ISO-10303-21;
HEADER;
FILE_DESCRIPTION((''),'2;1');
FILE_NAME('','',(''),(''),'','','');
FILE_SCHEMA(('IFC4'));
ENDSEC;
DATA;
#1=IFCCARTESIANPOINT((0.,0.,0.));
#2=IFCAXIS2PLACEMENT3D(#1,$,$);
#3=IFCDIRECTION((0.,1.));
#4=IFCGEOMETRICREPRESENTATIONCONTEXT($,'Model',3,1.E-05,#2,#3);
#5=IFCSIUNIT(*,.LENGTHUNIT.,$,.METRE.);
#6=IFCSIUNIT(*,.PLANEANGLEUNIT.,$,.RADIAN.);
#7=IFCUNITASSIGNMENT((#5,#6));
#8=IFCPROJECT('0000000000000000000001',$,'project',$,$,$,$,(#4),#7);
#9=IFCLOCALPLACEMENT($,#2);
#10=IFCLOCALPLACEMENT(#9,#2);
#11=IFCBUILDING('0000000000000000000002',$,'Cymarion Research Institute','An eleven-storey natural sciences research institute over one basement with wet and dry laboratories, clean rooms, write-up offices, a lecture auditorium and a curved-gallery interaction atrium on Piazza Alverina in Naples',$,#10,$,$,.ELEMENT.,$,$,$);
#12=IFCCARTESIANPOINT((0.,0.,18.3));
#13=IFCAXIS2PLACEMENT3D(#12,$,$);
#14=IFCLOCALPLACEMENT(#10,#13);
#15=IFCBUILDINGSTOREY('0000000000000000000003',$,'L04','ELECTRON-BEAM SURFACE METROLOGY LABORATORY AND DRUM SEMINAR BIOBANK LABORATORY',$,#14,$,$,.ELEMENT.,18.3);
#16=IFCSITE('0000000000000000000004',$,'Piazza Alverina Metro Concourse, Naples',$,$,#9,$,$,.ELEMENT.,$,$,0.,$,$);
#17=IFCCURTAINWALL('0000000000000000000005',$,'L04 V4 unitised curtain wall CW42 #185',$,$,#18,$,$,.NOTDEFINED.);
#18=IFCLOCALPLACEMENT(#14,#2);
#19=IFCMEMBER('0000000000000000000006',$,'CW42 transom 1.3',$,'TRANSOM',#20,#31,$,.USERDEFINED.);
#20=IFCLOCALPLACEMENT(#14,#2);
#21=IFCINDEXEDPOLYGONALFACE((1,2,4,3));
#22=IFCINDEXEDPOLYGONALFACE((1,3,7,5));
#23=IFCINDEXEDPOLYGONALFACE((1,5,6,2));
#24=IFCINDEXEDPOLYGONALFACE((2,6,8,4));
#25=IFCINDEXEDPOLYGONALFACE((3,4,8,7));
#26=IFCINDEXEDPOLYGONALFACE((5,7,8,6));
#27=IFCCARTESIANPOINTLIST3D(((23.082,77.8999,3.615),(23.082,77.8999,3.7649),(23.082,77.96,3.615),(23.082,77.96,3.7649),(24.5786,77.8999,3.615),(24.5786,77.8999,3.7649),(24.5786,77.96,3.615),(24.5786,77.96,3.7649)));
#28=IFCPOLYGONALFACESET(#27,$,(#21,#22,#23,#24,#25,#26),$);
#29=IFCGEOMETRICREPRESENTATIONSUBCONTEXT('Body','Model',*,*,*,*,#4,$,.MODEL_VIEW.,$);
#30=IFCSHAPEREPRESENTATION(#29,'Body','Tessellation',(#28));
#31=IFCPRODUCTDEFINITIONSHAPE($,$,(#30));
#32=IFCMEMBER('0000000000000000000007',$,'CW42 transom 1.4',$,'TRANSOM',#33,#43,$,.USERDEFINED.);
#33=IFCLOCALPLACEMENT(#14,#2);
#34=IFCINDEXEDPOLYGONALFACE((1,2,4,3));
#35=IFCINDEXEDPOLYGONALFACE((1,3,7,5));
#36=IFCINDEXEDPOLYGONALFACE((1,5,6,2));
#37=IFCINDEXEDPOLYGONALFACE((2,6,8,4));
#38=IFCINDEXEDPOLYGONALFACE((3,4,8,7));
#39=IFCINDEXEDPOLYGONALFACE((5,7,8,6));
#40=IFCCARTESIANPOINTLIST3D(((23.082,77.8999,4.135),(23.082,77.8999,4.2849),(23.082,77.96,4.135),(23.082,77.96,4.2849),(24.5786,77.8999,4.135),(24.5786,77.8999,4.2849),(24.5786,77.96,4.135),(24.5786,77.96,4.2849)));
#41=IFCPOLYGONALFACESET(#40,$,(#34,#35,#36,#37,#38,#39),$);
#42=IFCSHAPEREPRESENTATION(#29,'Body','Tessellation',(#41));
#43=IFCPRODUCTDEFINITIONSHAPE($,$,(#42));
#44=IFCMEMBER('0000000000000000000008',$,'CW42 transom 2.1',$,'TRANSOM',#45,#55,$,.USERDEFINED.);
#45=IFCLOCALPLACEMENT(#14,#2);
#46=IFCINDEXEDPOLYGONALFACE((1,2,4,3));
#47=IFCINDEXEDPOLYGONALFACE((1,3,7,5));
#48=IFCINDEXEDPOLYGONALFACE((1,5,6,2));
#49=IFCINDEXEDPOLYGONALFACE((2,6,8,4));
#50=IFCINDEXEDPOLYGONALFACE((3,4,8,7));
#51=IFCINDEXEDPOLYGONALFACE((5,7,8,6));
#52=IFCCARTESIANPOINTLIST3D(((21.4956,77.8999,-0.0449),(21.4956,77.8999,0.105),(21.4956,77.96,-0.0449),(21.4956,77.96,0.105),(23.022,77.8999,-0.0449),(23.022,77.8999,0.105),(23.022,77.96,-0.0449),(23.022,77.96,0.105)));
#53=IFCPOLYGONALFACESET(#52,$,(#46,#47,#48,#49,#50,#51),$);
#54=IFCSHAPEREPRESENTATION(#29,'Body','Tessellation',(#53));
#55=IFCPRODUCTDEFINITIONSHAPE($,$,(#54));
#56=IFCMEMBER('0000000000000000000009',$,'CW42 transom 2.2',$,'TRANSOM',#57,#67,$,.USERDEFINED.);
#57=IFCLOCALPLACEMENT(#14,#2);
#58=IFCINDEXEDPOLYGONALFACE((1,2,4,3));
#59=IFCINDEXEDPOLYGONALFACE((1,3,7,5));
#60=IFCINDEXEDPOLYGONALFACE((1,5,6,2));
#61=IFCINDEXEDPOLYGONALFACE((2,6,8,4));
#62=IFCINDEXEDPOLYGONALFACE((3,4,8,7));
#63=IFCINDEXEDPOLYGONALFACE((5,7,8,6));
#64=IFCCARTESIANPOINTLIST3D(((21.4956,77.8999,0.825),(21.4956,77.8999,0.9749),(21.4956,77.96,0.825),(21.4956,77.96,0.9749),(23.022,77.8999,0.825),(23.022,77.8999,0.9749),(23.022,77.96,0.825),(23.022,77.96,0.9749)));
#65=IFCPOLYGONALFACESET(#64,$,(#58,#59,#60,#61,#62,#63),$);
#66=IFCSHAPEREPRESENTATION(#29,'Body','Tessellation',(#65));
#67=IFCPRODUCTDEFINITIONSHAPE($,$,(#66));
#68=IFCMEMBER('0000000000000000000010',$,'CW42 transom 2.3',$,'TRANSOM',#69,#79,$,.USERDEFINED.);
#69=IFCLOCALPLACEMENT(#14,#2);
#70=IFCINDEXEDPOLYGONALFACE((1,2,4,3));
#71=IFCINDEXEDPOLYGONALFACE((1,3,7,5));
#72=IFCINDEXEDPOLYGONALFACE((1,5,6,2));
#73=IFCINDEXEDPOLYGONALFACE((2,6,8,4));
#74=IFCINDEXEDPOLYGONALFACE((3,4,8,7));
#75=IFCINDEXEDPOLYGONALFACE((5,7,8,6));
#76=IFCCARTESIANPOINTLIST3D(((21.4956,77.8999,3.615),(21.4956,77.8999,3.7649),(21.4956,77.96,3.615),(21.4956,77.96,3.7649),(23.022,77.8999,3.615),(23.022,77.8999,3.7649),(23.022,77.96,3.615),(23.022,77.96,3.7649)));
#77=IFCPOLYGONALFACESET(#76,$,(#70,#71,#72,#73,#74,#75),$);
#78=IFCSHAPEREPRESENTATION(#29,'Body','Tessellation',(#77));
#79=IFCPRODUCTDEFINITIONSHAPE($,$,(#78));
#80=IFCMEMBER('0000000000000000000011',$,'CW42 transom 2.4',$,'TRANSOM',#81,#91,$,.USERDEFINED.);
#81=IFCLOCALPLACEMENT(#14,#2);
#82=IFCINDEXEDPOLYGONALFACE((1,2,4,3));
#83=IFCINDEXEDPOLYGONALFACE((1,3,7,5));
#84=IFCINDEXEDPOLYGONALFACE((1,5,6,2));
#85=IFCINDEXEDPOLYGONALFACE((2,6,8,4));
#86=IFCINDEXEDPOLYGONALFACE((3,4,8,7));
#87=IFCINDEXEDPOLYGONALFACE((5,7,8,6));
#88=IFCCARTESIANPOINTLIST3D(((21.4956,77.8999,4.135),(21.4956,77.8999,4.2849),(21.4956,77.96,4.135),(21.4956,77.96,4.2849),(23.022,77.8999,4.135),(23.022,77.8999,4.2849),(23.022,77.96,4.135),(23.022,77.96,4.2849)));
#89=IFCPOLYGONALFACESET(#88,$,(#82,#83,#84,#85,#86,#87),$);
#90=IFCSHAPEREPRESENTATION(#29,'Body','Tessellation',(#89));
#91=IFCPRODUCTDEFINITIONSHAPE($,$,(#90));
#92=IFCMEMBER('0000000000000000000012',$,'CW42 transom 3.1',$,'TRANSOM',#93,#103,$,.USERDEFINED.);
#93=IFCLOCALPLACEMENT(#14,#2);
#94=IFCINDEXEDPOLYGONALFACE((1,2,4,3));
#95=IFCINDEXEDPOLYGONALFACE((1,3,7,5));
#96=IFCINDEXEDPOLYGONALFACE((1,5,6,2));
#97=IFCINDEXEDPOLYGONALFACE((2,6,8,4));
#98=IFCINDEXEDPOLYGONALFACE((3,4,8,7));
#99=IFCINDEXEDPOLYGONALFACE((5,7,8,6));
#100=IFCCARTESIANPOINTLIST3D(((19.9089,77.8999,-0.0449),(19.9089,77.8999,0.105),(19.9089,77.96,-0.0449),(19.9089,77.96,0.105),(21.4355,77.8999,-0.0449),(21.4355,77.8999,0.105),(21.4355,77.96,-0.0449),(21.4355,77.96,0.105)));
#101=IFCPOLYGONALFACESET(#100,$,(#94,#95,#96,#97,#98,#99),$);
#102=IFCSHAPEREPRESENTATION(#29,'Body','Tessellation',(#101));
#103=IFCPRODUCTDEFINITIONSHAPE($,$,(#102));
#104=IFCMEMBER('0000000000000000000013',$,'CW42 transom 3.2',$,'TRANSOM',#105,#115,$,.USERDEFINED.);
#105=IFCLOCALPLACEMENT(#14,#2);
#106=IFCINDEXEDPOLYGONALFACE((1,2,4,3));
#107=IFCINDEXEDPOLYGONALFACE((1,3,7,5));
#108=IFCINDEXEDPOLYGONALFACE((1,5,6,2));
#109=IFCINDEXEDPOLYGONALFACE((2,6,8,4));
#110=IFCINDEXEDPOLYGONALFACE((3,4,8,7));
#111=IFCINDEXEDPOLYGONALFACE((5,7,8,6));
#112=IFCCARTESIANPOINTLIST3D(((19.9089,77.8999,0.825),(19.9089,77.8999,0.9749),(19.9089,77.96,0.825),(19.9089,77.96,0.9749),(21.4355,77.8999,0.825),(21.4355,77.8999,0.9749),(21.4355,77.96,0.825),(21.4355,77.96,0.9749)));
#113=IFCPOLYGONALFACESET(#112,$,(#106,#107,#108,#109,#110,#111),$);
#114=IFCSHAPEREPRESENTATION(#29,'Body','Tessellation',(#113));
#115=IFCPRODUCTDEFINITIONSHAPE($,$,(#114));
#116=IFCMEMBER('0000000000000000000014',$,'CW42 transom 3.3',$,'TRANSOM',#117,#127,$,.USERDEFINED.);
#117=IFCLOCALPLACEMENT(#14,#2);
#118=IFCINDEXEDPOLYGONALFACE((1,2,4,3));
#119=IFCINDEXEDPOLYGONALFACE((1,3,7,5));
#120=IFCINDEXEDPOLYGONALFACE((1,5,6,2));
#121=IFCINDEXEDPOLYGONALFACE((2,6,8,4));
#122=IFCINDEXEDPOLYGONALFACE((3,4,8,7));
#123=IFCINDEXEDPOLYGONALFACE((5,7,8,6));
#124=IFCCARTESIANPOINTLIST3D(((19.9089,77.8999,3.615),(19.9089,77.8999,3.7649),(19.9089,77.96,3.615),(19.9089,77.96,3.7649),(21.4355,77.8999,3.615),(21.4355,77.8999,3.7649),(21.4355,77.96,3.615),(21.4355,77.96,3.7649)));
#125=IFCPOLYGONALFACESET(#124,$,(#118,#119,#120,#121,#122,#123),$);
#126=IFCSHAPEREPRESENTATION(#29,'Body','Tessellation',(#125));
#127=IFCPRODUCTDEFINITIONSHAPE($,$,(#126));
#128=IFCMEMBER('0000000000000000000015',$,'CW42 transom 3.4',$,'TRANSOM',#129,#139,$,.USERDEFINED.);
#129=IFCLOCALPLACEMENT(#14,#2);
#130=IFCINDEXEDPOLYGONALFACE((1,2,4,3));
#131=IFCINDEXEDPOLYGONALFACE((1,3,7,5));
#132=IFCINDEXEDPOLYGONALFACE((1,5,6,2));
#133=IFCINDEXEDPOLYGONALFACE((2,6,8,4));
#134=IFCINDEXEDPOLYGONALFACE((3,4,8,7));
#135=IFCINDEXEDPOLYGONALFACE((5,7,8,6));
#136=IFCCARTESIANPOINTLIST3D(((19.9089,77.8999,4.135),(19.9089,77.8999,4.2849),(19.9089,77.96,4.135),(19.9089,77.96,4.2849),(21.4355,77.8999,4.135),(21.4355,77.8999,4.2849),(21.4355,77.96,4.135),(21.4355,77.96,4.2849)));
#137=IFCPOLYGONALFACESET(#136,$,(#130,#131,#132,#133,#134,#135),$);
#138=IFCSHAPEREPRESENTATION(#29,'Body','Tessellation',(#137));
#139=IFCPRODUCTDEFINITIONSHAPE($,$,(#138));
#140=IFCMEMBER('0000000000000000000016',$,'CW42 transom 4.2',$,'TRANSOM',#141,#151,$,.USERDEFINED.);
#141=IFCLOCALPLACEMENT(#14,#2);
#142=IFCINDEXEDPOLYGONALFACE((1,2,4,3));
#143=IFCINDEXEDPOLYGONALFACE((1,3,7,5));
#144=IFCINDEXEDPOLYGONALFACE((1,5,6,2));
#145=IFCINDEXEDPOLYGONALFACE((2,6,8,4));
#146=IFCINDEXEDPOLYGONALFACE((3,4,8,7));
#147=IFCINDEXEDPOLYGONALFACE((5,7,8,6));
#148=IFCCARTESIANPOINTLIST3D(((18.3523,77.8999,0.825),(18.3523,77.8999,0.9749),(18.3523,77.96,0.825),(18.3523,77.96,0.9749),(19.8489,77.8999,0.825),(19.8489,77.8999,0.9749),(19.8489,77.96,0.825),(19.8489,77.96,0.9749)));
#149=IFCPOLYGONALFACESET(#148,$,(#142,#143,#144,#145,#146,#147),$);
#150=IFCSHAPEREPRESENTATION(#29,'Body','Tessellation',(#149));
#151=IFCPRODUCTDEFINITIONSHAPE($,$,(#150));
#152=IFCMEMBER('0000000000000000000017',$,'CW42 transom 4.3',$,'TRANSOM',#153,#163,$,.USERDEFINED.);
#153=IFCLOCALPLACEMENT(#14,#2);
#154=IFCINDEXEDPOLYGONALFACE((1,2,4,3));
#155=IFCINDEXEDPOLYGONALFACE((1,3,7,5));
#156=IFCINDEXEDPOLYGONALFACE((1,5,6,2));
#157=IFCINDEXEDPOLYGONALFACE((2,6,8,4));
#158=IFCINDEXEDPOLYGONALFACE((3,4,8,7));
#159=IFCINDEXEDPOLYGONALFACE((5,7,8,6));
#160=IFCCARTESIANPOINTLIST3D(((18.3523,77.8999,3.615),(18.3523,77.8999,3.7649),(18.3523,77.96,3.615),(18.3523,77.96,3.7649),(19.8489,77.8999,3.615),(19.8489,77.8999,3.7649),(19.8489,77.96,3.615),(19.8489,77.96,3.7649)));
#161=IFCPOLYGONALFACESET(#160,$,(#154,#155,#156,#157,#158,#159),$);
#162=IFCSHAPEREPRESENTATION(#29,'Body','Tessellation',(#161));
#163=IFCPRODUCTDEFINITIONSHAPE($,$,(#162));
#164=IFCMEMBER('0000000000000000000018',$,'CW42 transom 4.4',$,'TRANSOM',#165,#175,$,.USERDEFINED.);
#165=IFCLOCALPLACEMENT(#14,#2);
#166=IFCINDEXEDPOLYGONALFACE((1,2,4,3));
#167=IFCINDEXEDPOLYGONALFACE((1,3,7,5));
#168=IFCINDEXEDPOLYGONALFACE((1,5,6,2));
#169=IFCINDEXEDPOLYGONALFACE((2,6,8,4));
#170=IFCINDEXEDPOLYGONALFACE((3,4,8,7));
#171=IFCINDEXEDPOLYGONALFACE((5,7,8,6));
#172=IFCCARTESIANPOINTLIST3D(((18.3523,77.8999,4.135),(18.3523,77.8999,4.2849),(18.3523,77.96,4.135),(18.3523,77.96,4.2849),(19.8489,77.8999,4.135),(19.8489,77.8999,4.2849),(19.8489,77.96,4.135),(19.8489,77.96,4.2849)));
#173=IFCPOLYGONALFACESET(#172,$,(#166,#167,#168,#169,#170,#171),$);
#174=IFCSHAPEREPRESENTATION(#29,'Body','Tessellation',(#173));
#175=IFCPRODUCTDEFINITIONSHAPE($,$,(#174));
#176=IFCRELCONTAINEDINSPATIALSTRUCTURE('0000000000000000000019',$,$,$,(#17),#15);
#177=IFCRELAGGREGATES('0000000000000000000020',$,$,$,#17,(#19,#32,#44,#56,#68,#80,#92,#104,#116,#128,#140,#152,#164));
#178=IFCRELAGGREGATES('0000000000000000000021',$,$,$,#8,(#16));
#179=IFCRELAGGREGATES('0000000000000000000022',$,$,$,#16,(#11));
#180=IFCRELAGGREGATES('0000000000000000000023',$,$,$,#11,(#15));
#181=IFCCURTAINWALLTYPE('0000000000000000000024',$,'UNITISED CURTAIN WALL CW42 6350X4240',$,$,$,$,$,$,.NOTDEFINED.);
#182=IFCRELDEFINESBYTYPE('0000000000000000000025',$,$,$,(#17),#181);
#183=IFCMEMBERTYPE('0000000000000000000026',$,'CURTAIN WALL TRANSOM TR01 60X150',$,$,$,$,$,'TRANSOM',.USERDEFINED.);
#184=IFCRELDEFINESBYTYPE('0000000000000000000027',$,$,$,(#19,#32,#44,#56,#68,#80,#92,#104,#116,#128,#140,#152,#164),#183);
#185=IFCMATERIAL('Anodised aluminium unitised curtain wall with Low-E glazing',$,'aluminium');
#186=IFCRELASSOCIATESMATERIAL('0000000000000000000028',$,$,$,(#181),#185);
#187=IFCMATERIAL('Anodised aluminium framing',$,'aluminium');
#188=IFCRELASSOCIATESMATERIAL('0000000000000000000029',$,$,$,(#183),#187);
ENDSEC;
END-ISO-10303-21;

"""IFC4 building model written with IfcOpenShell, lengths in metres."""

from ifc_helpers import new_model, si_unit, direction, frame, origin, origin_2d, place, context, subcontext, project, spatial, rectangle, extrude, material, material_profile, profile_set, type_object, element, aggregate, save


model = new_model("IFC4")

# Units and contexts
model_context = context("Model", 3, precision=1e-05, world=origin(), true_north=direction((0.0, 1.0)))
body_context = subcontext(model_context, "Body", "Model", "MODEL_VIEW")
ifc_project = project(units=[si_unit("LENGTHUNIT", "METRE"), si_unit("PLANEANGLEUNIT", "RADIAN")], contexts=[model_context])

# Site, building, storey
site_placement = place(None, origin())
site = spatial("IfcSite", under=ifc_project, at=site_placement, Name="Piazza Alverina Metro Concourse, Naples", CompositionType="ELEMENT", RefElevation=0.0)
building_placement = place(site_placement, origin())
building = spatial("IfcBuilding", under=site, at=building_placement, Name="Cymarion Research Institute", Description="An eleven-storey natural sciences research institute over one basement with wet and dry laboratories, clean rooms, write-up offices, a lecture auditorium and a curved-gallery interaction atrium on Piazza Alverina in Naples", CompositionType="ELEMENT")
storey_placement = place(building_placement, frame((0.0, 0.0, 18.3)))
storey = spatial("IfcBuildingStorey", under=building, at=storey_placement, Name="L04", Description="ELECTRON-BEAM SURFACE METROLOGY LABORATORY AND DRUM SEMINAR BIOBANK LABORATORY", CompositionType="ELEMENT", Elevation=18.3)

# Shared definitions
ifc_material_1 = material(Name="Anodised aluminium unitised curtain wall with Low-E glazing", Category="aluminium")
curtain_wall_type = type_object("IfcCurtainWallType", Name="UNITISED CURTAIN WALL CW42 6350X4240", PredefinedType="NOTDEFINED", material=ifc_material_1)
ifc_material_2 = material(Name="Anodised aluminium framing", Category="aluminium")

# Curtain wall, members
curtain_wall_1_placement = place(storey_placement, origin())
curtain_wall_1 = element("IfcCurtainWall", 1, at=curtain_wall_1_placement, inside=storey, type_object=curtain_wall_type, Name="L04 V4 unitised curtain wall CW42 #185", PredefinedType="NOTDEFINED")
ifc_material_profile_1 = material_profile(ifc_material_2, rectangle(XDim=0.0601, YDim=0.1499, at=origin_2d()), Name="ALU TRANSOM 60x150")
ifc_profile_set_1 = profile_set([ifc_material_profile_1], Name="Anodised aluminium framing")
member_type_1 = type_object("IfcMemberType", Name="CURTAIN WALL TRANSOM TR01 60X150", ElementType="TRANSOM", PredefinedType="USERDEFINED", material=ifc_profile_set_1)
member_1_placement = place(storey_placement, frame((24.5786, 77.9299, 3.6899), z_axis=(-1.0, 0.0, 0.0), x_axis=(0.0, -1.0, 0.0)))
member_1 = element("IfcMember", 2, at=member_1_placement, type_object=member_type_1, Name="CW42 transom 1.3", ObjectType="TRANSOM", PredefinedType="USERDEFINED", context=body_context, shape_type="SweptSolid", body=[
    extrude(rectangle(XDim=0.0601, YDim=0.1499, at=origin_2d()), origin(), (0.0, 0.0, 1.0), 1.4966),
])
member_2_placement = place(storey_placement, frame((24.5786, 77.9299, 4.21), z_axis=(-1.0, 0.0, 0.0), x_axis=(0.0, -1.0, 0.0)))
member_2 = element("IfcMember", 3, at=member_2_placement, type_object=member_type_1, Name="CW42 transom 1.4", ObjectType="TRANSOM", PredefinedType="USERDEFINED", context=body_context, shape_type="SweptSolid", body=[
    extrude(rectangle(XDim=0.0601, YDim=0.1499, at=origin_2d()), origin(), (0.0, 0.0, 1.0), 1.4966),
])
member_3_placement = place(storey_placement, frame((23.022, 77.9299, 0.03), z_axis=(-1.0, 0.0, 0.0), x_axis=(0.0, -1.0, 0.0)))
member_3 = element("IfcMember", 4, at=member_3_placement, type_object=member_type_1, Name="CW42 transom 2.1", ObjectType="TRANSOM", PredefinedType="USERDEFINED", context=body_context, shape_type="SweptSolid", body=[
    extrude(rectangle(XDim=0.0601, YDim=0.1499, at=origin_2d()), origin(), (0.0, 0.0, 1.0), 1.5264),
])
member_4_placement = place(storey_placement, frame((23.022, 77.9299, 0.8999), z_axis=(-1.0, 0.0, 0.0), x_axis=(0.0, -1.0, 0.0)))
member_4 = element("IfcMember", 5, at=member_4_placement, type_object=member_type_1, Name="CW42 transom 2.2", ObjectType="TRANSOM", PredefinedType="USERDEFINED", context=body_context, shape_type="SweptSolid", body=[
    extrude(rectangle(XDim=0.0601, YDim=0.1499, at=origin_2d()), origin(), (0.0, 0.0, 1.0), 1.5264),
])
member_5_placement = place(storey_placement, frame((23.022, 77.9299, 3.6899), z_axis=(-1.0, 0.0, 0.0), x_axis=(0.0, -1.0, 0.0)))
member_5 = element("IfcMember", 6, at=member_5_placement, type_object=member_type_1, Name="CW42 transom 2.3", ObjectType="TRANSOM", PredefinedType="USERDEFINED", context=body_context, shape_type="SweptSolid", body=[
    extrude(rectangle(XDim=0.0601, YDim=0.1499, at=origin_2d()), origin(), (0.0, 0.0, 1.0), 1.5264),
])
member_6_placement = place(storey_placement, frame((23.022, 77.9299, 4.21), z_axis=(-1.0, 0.0, 0.0), x_axis=(0.0, -1.0, 0.0)))
member_6 = element("IfcMember", 7, at=member_6_placement, type_object=member_type_1, Name="CW42 transom 2.4", ObjectType="TRANSOM", PredefinedType="USERDEFINED", context=body_context, shape_type="SweptSolid", body=[
    extrude(rectangle(XDim=0.0601, YDim=0.1499, at=origin_2d()), origin(), (0.0, 0.0, 1.0), 1.5264),
])
member_7_placement = place(storey_placement, frame((21.4355, 77.9299, 0.03), z_axis=(-1.0, 0.0, 0.0), x_axis=(0.0, -1.0, 0.0)))
member_7 = element("IfcMember", 8, at=member_7_placement, type_object=member_type_1, Name="CW42 transom 3.1", ObjectType="TRANSOM", PredefinedType="USERDEFINED", context=body_context, shape_type="SweptSolid", body=[
    extrude(rectangle(XDim=0.0601, YDim=0.1499, at=origin_2d()), origin(), (0.0, 0.0, 1.0), 1.5266),
])
member_8_placement = place(storey_placement, frame((21.4355, 77.9299, 0.8999), z_axis=(-1.0, 0.0, 0.0), x_axis=(0.0, -1.0, 0.0)))
member_8 = element("IfcMember", 9, at=member_8_placement, type_object=member_type_1, Name="CW42 transom 3.2", ObjectType="TRANSOM", PredefinedType="USERDEFINED", context=body_context, shape_type="SweptSolid", body=[
    extrude(rectangle(XDim=0.0601, YDim=0.1499, at=origin_2d()), origin(), (0.0, 0.0, 1.0), 1.5266),
])
member_9_placement = place(storey_placement, frame((21.4355, 77.9299, 3.6899), z_axis=(-1.0, 0.0, 0.0), x_axis=(0.0, -1.0, 0.0)))
member_9 = element("IfcMember", 10, at=member_9_placement, type_object=member_type_1, Name="CW42 transom 3.3", ObjectType="TRANSOM", PredefinedType="USERDEFINED", context=body_context, shape_type="SweptSolid", body=[
    extrude(rectangle(XDim=0.0601, YDim=0.1499, at=origin_2d()), origin(), (0.0, 0.0, 1.0), 1.5266),
])
member_10_placement = place(storey_placement, frame((21.4355, 77.9299, 4.21), z_axis=(-1.0, 0.0, 0.0), x_axis=(0.0, -1.0, 0.0)))
member_10 = element("IfcMember", 11, at=member_10_placement, type_object=member_type_1, Name="CW42 transom 3.4", ObjectType="TRANSOM", PredefinedType="USERDEFINED", context=body_context, shape_type="SweptSolid", body=[
    extrude(rectangle(XDim=0.0601, YDim=0.1499, at=origin_2d()), origin(), (0.0, 0.0, 1.0), 1.5266),
])
member_11_placement = place(storey_placement, frame((19.8489, 77.9299, 0.8999), z_axis=(-1.0, 0.0, 0.0), x_axis=(0.0, -1.0, 0.0)))
member_11 = element("IfcMember", 12, at=member_11_placement, type_object=member_type_1, Name="CW42 transom 4.2", ObjectType="TRANSOM", PredefinedType="USERDEFINED", context=body_context, shape_type="SweptSolid", body=[
    extrude(rectangle(XDim=0.0601, YDim=0.1499, at=origin_2d()), origin(), (0.0, 0.0, 1.0), 1.4966),
])
member_12_placement = place(storey_placement, frame((19.8489, 77.9299, 3.6899), z_axis=(-1.0, 0.0, 0.0), x_axis=(0.0, -1.0, 0.0)))
member_12 = element("IfcMember", 13, at=member_12_placement, type_object=member_type_1, Name="CW42 transom 4.3", ObjectType="TRANSOM", PredefinedType="USERDEFINED", context=body_context, shape_type="SweptSolid", body=[
    extrude(rectangle(XDim=0.0601, YDim=0.1499, at=origin_2d()), origin(), (0.0, 0.0, 1.0), 1.4966),
])
member_13_placement = place(storey_placement, frame((19.8489, 77.9299, 4.21), z_axis=(-1.0, 0.0, 0.0), x_axis=(0.0, -1.0, 0.0)))
member_13 = element("IfcMember", 14, at=member_13_placement, type_object=member_type_1, Name="CW42 transom 4.4", ObjectType="TRANSOM", PredefinedType="USERDEFINED", context=body_context, shape_type="SweptSolid", body=[
    extrude(rectangle(XDim=0.0601, YDim=0.1499, at=origin_2d()), origin(), (0.0, 0.0, 1.0), 1.4966),
])

aggregate(curtain_wall_1, [member_1, member_2, member_3, member_4, member_5, member_6, member_7, member_8, member_9, member_10, member_11, member_12, member_13])

save(model, "model.ifc")
